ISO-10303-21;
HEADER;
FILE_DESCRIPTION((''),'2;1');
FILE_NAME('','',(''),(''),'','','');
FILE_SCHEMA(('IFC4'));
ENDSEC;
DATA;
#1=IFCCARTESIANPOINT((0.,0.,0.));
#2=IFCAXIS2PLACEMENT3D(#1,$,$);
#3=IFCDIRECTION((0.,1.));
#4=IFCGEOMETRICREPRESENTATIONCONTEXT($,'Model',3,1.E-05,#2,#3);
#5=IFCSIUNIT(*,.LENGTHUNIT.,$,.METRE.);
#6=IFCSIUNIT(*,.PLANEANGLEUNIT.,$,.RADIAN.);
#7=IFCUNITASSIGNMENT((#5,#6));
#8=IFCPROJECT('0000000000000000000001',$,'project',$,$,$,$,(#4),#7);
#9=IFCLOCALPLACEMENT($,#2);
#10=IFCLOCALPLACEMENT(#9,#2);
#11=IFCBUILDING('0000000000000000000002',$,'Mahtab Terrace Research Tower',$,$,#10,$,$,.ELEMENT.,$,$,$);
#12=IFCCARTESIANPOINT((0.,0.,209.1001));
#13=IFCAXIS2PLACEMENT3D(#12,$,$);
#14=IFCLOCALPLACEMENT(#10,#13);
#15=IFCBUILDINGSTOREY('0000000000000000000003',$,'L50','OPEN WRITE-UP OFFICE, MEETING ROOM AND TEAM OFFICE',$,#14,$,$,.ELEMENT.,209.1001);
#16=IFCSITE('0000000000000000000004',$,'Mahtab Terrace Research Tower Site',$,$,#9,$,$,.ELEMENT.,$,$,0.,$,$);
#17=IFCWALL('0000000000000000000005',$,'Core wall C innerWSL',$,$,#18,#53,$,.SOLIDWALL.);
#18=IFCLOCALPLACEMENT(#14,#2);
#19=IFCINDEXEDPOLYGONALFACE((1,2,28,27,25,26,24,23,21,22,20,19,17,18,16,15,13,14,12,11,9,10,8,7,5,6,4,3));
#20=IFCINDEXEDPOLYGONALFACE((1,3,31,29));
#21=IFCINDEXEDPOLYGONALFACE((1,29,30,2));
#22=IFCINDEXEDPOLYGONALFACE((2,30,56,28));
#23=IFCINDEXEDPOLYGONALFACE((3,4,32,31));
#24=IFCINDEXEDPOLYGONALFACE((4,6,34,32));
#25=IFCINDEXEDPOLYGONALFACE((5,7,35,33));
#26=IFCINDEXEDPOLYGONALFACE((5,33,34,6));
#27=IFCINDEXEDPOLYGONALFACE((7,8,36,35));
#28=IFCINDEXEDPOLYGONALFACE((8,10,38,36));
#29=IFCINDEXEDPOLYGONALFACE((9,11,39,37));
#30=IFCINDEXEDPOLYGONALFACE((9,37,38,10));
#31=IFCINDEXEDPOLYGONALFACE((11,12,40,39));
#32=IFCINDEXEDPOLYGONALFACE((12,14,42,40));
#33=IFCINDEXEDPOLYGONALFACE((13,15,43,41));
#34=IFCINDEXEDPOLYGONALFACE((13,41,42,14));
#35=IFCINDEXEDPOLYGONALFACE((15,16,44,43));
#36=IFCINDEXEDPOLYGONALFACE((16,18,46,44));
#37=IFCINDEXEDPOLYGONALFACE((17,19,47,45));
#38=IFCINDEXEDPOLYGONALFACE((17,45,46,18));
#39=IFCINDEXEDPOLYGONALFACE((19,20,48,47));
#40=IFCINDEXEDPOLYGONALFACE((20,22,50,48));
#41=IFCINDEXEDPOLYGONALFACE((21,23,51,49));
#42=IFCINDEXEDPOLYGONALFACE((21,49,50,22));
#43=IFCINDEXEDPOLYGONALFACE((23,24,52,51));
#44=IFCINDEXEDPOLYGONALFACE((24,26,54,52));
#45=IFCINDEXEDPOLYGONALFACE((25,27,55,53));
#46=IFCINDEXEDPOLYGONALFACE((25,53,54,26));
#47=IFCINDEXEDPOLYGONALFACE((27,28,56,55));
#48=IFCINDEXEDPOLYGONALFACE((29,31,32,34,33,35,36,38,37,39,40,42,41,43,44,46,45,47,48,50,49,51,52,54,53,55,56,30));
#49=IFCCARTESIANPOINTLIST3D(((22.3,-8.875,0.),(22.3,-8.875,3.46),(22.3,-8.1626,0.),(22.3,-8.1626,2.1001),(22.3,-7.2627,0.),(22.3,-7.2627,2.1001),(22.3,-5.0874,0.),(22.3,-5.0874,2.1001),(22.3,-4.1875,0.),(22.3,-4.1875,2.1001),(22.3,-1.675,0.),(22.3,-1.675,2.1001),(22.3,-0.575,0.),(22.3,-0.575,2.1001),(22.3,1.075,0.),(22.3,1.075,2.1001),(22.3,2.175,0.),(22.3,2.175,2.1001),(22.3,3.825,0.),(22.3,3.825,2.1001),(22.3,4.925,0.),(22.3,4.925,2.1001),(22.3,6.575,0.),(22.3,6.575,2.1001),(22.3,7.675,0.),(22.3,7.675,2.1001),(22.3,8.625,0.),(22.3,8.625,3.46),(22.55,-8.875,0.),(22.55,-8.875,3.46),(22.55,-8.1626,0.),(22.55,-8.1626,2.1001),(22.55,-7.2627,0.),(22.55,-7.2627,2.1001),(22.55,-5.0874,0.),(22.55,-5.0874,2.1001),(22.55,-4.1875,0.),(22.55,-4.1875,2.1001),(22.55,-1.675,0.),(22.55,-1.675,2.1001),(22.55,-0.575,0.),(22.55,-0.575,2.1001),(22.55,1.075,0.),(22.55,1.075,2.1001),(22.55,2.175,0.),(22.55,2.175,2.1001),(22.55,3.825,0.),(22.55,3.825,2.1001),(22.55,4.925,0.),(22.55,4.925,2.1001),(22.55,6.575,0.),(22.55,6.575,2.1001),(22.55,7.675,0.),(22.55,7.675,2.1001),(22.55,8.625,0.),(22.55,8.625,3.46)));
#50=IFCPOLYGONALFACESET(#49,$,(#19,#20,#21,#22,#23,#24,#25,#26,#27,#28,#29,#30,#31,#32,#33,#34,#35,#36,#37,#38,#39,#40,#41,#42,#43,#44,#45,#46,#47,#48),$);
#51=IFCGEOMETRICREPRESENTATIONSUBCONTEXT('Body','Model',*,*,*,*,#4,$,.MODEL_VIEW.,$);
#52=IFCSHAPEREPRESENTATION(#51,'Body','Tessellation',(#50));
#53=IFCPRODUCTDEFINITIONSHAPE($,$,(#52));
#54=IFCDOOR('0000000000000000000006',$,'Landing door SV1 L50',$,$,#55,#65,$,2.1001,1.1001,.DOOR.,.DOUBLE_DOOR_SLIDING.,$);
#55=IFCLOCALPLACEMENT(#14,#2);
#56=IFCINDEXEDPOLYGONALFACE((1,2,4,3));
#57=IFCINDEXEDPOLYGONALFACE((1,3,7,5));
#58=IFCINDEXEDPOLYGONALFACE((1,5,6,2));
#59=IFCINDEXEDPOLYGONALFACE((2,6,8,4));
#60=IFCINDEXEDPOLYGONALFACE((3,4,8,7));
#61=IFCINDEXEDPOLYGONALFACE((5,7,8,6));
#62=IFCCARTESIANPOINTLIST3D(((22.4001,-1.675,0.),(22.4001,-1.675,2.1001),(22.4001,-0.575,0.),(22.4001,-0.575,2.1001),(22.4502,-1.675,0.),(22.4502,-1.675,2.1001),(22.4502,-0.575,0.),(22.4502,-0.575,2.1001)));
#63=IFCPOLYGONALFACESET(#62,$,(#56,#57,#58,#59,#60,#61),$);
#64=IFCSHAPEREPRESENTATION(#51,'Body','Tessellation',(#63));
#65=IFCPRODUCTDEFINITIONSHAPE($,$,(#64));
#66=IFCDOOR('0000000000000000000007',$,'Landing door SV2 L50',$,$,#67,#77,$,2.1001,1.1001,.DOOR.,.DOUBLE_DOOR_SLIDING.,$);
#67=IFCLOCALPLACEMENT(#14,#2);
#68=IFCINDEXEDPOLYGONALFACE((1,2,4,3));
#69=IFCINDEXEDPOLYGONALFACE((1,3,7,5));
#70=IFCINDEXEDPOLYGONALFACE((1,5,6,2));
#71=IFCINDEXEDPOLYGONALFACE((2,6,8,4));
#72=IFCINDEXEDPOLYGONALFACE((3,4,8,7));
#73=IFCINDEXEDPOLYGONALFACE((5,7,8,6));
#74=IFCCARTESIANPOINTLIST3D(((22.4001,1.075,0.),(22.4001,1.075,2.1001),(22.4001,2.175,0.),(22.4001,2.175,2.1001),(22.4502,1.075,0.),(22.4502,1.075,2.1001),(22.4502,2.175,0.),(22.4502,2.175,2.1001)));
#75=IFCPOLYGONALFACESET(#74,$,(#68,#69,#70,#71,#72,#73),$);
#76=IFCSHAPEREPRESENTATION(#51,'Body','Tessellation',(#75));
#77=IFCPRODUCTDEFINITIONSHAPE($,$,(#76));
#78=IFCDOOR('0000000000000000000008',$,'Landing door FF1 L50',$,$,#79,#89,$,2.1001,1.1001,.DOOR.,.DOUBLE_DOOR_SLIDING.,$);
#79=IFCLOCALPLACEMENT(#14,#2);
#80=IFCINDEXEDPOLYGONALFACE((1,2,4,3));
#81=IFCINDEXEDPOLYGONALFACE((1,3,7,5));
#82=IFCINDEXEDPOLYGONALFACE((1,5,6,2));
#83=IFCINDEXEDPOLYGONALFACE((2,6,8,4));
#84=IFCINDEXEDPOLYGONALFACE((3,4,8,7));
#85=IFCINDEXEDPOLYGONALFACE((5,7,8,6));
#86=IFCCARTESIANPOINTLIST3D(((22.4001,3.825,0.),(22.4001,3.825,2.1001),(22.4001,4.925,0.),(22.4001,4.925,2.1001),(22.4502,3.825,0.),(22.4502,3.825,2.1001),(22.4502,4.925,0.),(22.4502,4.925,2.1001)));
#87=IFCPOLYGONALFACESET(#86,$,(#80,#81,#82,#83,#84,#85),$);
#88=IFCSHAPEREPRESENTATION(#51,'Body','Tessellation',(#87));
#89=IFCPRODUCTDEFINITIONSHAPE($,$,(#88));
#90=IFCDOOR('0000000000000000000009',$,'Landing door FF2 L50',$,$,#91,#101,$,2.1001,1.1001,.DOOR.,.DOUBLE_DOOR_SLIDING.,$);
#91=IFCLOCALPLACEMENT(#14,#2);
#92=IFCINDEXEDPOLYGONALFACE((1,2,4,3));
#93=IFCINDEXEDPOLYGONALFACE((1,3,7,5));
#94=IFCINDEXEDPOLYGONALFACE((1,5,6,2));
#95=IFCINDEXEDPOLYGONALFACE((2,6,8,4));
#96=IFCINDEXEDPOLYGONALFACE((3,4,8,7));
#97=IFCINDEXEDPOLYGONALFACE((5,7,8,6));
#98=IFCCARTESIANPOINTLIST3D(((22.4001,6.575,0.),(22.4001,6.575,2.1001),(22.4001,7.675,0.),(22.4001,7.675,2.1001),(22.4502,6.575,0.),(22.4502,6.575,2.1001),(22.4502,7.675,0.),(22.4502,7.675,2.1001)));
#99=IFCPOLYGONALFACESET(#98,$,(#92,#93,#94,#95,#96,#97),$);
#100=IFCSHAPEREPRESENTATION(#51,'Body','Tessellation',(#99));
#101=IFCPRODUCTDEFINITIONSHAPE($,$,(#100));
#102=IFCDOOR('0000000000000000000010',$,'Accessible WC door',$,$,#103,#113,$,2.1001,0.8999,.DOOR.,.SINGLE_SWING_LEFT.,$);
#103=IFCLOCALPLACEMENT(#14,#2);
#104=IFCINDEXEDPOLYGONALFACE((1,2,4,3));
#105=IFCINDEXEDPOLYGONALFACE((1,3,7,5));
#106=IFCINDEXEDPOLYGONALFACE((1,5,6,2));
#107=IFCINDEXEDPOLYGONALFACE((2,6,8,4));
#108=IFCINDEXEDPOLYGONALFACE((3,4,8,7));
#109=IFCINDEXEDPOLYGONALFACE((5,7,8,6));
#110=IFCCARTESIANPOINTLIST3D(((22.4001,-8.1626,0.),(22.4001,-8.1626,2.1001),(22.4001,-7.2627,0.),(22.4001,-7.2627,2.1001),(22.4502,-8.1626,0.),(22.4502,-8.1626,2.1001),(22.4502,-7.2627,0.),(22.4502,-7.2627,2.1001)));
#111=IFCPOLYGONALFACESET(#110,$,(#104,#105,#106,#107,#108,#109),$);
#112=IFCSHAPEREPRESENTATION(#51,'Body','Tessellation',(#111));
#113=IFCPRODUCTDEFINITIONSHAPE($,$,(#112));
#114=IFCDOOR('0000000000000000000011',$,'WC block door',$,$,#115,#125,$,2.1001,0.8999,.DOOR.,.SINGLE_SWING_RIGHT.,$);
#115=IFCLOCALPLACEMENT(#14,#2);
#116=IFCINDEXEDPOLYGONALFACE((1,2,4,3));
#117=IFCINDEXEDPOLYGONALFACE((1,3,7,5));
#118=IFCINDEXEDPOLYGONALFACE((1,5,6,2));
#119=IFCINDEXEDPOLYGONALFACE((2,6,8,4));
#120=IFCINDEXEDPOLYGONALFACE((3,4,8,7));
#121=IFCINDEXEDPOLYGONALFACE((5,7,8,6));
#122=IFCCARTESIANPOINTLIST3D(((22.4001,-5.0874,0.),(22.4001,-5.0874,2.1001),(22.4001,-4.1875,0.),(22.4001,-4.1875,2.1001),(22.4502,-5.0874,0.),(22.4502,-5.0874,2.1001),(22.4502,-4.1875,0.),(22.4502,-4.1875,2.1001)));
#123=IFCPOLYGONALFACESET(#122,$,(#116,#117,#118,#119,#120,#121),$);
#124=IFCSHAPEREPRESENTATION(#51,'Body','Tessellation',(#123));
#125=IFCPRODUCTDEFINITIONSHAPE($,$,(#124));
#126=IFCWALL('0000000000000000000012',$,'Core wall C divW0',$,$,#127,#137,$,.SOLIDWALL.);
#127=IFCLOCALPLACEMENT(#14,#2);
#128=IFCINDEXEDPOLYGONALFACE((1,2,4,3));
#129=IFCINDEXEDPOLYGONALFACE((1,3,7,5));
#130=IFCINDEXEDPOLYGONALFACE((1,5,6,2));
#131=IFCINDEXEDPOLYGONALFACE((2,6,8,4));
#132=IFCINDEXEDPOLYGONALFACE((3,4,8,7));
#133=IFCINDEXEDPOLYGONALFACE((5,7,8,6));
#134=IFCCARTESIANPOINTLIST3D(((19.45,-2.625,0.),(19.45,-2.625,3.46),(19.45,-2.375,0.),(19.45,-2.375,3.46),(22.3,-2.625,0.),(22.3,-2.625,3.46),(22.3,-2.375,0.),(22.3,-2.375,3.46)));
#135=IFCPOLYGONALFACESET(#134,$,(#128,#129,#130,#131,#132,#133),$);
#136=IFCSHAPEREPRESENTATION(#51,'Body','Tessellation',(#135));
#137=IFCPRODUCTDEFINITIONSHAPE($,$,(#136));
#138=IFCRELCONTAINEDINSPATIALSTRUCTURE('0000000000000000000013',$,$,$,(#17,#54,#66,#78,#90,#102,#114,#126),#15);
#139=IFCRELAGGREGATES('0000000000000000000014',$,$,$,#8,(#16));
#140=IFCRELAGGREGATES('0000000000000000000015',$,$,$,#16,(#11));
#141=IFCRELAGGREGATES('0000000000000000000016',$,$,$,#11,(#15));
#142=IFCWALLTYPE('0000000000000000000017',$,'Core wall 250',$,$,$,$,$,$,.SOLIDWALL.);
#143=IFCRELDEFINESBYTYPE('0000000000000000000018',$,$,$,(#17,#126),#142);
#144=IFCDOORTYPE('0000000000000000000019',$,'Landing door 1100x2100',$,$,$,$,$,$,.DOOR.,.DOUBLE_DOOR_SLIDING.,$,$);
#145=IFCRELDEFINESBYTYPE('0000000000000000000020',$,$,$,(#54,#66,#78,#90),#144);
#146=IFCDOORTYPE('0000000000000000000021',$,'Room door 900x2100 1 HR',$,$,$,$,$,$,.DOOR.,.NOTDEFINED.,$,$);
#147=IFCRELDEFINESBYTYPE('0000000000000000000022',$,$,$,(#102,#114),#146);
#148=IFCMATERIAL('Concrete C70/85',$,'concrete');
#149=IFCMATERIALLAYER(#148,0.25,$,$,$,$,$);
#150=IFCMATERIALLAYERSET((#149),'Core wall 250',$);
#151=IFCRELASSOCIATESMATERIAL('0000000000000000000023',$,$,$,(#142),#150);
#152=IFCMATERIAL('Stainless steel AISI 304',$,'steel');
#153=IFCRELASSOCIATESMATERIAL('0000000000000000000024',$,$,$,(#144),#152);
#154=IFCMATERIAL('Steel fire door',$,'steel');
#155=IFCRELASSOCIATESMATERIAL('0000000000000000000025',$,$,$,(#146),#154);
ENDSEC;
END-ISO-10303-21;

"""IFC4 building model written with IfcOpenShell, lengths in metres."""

from ifc_helpers import new_model, si_unit, direction, frame, frame_2d, origin, place, context, subcontext, project, spatial, rectangle, extrude, material, layer, layer_set, type_object, element, fill, save


model = new_model("IFC4")

# Units and contexts
model_context = context("Model", 3, precision=1e-05, world=origin(), true_north=direction((0.0, 1.0)))
body_context = subcontext(model_context, "Body", "Model", "MODEL_VIEW")
ifc_project = project(units=[si_unit("LENGTHUNIT", "METRE"), si_unit("PLANEANGLEUNIT", "RADIAN")], contexts=[model_context])

# Site, building, storey
site_placement = place(None, origin())
site = spatial("IfcSite", under=ifc_project, at=site_placement, Name="Mahtab Terrace Research Tower Site", CompositionType="ELEMENT", RefElevation=0.0)
building_placement = place(site_placement, origin())
building = spatial("IfcBuilding", under=site, at=building_placement, Name="Mahtab Terrace Research Tower", CompositionType="ELEMENT")
storey_placement = place(building_placement, frame((0.0, 0.0, 209.1001)))
storey = spatial("IfcBuildingStorey", under=building, at=storey_placement, Name="L50", Description="OPEN WRITE-UP OFFICE, MEETING ROOM AND TEAM OFFICE", CompositionType="ELEMENT", Elevation=209.1001)

# Shared definitions
ifc_material_1 = material(Name="Concrete C70/85", Category="concrete")

# Wall, openings, doors
ifc_layer_1 = layer(ifc_material_1, 0.25)
ifc_layer_set_1 = layer_set([ifc_layer_1], Name="Core wall 250")
wall_type_1 = type_object("IfcWallType", Name="Core wall 250", PredefinedType="SOLIDWALL", material=ifc_layer_set_1)
wall_1_placement = place(storey_placement, frame((22.425, -8.875, 0.0), z_axis=(0.0, 0.0, 1.0), x_axis=(0.0, 1.0, 0.0)))
wall_1 = element("IfcWall", 1, at=wall_1_placement, inside=storey, type_object=wall_type_1, Name="Core wall C innerWSL", PredefinedType="SOLIDWALL", context=body_context, shape_type="SweptSolid", body=[
    extrude(rectangle(XDim=17.5, YDim=0.25, at=frame_2d((8.75, 0.0))), origin(), (0.0, 0.0, 1.0), 3.46),
])
opening_1_placement = place(wall_1_placement, frame((7.2, 0.0, 0.0)))
opening_1 = element("IfcOpeningElement", 2, at=opening_1_placement, cuts=wall_1, PredefinedType="OPENING", context=body_context, shape_type="SweptSolid", body=[
    extrude(rectangle(XDim=1.1001, YDim=2.1001, at=frame_2d((0.55, 1.05))), frame((0.0, 0.135, 0.0), z_axis=(0.0, -1.0, 0.0), x_axis=(1.0, 0.0, 0.0)), (0.0, 0.0, 1.0), 0.27),
])
opening_2_placement = place(wall_1_placement, frame((9.95, 0.0, 0.0)))
opening_2 = element("IfcOpeningElement", 3, at=opening_2_placement, cuts=wall_1, PredefinedType="OPENING", context=body_context, shape_type="SweptSolid", body=[
    extrude(rectangle(XDim=1.1001, YDim=2.1001, at=frame_2d((0.55, 1.05))), frame((0.0, 0.135, 0.0), z_axis=(0.0, -1.0, 0.0), x_axis=(1.0, 0.0, 0.0)), (0.0, 0.0, 1.0), 0.27),
])
opening_3_placement = place(wall_1_placement, frame((12.7, 0.0, 0.0)))
opening_3 = element("IfcOpeningElement", 4, at=opening_3_placement, cuts=wall_1, PredefinedType="OPENING", context=body_context, shape_type="SweptSolid", body=[
    extrude(rectangle(XDim=1.1001, YDim=2.1001, at=frame_2d((0.55, 1.05))), frame((0.0, 0.135, 0.0), z_axis=(0.0, -1.0, 0.0), x_axis=(1.0, 0.0, 0.0)), (0.0, 0.0, 1.0), 0.27),
])
opening_4_placement = place(wall_1_placement, frame((15.45, 0.0, 0.0)))
opening_4 = element("IfcOpeningElement", 5, at=opening_4_placement, cuts=wall_1, PredefinedType="OPENING", context=body_context, shape_type="SweptSolid", body=[
    extrude(rectangle(XDim=1.1001, YDim=2.1001, at=frame_2d((0.55, 1.05))), frame((0.0, 0.135, 0.0), z_axis=(0.0, -1.0, 0.0), x_axis=(1.0, 0.0, 0.0)), (0.0, 0.0, 1.0), 0.27),
])
opening_5_placement = place(wall_1_placement, frame((0.7124, 0.0, 0.0)))
opening_5 = element("IfcOpeningElement", 6, at=opening_5_placement, cuts=wall_1, PredefinedType="OPENING", context=body_context, shape_type="SweptSolid", body=[
    extrude(rectangle(XDim=0.8999, YDim=2.1001, at=frame_2d((0.45, 1.05))), frame((0.0, 0.135, 0.0), z_axis=(0.0, -1.0, 0.0), x_axis=(1.0, 0.0, 0.0)), (0.0, 0.0, 1.0), 0.27),
])
opening_6_placement = place(wall_1_placement, frame((3.7876, 0.0, 0.0)))
opening_6 = element("IfcOpeningElement", 7, at=opening_6_placement, cuts=wall_1, PredefinedType="OPENING", context=body_context, shape_type="SweptSolid", body=[
    extrude(rectangle(XDim=0.8999, YDim=2.1001, at=frame_2d((0.45, 1.05))), frame((0.0, 0.135, 0.0), z_axis=(0.0, -1.0, 0.0), x_axis=(1.0, 0.0, 0.0)), (0.0, 0.0, 1.0), 0.27),
])
ifc_material_2 = material(Name="Stainless steel AISI 304", Category="steel")
door_type_1 = type_object("IfcDoorType", Name="Landing door 1100x2100", OperationType="DOUBLE_DOOR_SLIDING", PredefinedType="DOOR", material=ifc_material_2)
door_1_placement = place(opening_1_placement, origin())
door_1 = element("IfcDoor", 8, at=door_1_placement, inside=storey, type_object=door_type_1, Name="Landing door SV1 L50", OperationType="DOUBLE_DOOR_SLIDING", OverallHeight=2.1001, OverallWidth=1.1001, PredefinedType="DOOR", context=body_context, shape_type="SweptSolid", body=[
    extrude(rectangle(XDim=1.1001, YDim=2.1001, at=frame_2d((0.55, 1.05))), frame((0.0, 0.0249, 0.0), z_axis=(0.0, -1.0, 0.0), x_axis=(1.0, 0.0, 0.0)), (0.0, 0.0, 1.0), 0.05),
])
fill(opening_1, door_1)
door_2_placement = place(opening_2_placement, origin())
door_2 = element("IfcDoor", 9, at=door_2_placement, inside=storey, type_object=door_type_1, Name="Landing door SV2 L50", OperationType="DOUBLE_DOOR_SLIDING", OverallHeight=2.1001, OverallWidth=1.1001, PredefinedType="DOOR", context=body_context, shape_type="SweptSolid", body=[
    extrude(rectangle(XDim=1.1001, YDim=2.1001, at=frame_2d((0.55, 1.05))), frame((0.0, 0.0249, 0.0), z_axis=(0.0, -1.0, 0.0), x_axis=(1.0, 0.0, 0.0)), (0.0, 0.0, 1.0), 0.05),
])
fill(opening_2, door_2)
door_3_placement = place(opening_3_placement, origin())
door_3 = element("IfcDoor", 10, at=door_3_placement, inside=storey, type_object=door_type_1, Name="Landing door FF1 L50", OperationType="DOUBLE_DOOR_SLIDING", OverallHeight=2.1001, OverallWidth=1.1001, PredefinedType="DOOR", context=body_context, shape_type="SweptSolid", body=[
    extrude(rectangle(XDim=1.1001, YDim=2.1001, at=frame_2d((0.55, 1.05))), frame((0.0, 0.0249, 0.0), z_axis=(0.0, -1.0, 0.0), x_axis=(1.0, 0.0, 0.0)), (0.0, 0.0, 1.0), 0.05),
])
fill(opening_3, door_3)
door_4_placement = place(opening_4_placement, origin())
door_4 = element("IfcDoor", 11, at=door_4_placement, inside=storey, type_object=door_type_1, Name="Landing door FF2 L50", OperationType="DOUBLE_DOOR_SLIDING", OverallHeight=2.1001, OverallWidth=1.1001, PredefinedType="DOOR", context=body_context, shape_type="SweptSolid", body=[
    extrude(rectangle(XDim=1.1001, YDim=2.1001, at=frame_2d((0.55, 1.05))), frame((0.0, 0.0249, 0.0), z_axis=(0.0, -1.0, 0.0), x_axis=(1.0, 0.0, 0.0)), (0.0, 0.0, 1.0), 0.05),
])
fill(opening_4, door_4)
ifc_material_3 = material(Name="Steel fire door", Category="steel")
door_type_2 = type_object("IfcDoorType", Name="Room door 900x2100 1 HR", OperationType="NOTDEFINED", PredefinedType="DOOR", material=ifc_material_3)
door_5_placement = place(opening_5_placement, origin())
door_5 = element("IfcDoor", 12, at=door_5_placement, inside=storey, type_object=door_type_2, Name="Accessible WC door", OperationType="SINGLE_SWING_LEFT", OverallHeight=2.1001, OverallWidth=0.8999, PredefinedType="DOOR", context=body_context, shape_type="SweptSolid", body=[
    extrude(rectangle(XDim=0.8999, YDim=2.1001, at=frame_2d((0.45, 1.05))), frame((0.0, 0.0249, 0.0), z_axis=(0.0, -1.0, 0.0), x_axis=(1.0, 0.0, 0.0)), (0.0, 0.0, 1.0), 0.05),
])
fill(opening_5, door_5)
door_6_placement = place(opening_6_placement, origin())
door_6 = element("IfcDoor", 13, at=door_6_placement, inside=storey, type_object=door_type_2, Name="WC block door", OperationType="SINGLE_SWING_RIGHT", OverallHeight=2.1001, OverallWidth=0.8999, PredefinedType="DOOR", context=body_context, shape_type="SweptSolid", body=[
    extrude(rectangle(XDim=0.8999, YDim=2.1001, at=frame_2d((0.45, 1.05))), frame((0.0, 0.0249, 0.0), z_axis=(0.0, -1.0, 0.0), x_axis=(1.0, 0.0, 0.0)), (0.0, 0.0, 1.0), 0.05),
])
fill(opening_6, door_6)

# Wall
wall_2_placement = place(storey_placement, frame((19.45, -2.5, 0.0), z_axis=(0.0, 0.0, 1.0), x_axis=(1.0, 0.0, 0.0)))
element("IfcWall", 14, at=wall_2_placement, inside=storey, type_object=wall_type_1, Name="Core wall C divW0", PredefinedType="SOLIDWALL", context=body_context, shape_type="SweptSolid", body=[
    extrude(rectangle(XDim=2.8501, YDim=0.25, at=frame_2d((1.425, 0.0))), origin(), (0.0, 0.0, 1.0), 3.46),
])

save(model, "model.ifc")
